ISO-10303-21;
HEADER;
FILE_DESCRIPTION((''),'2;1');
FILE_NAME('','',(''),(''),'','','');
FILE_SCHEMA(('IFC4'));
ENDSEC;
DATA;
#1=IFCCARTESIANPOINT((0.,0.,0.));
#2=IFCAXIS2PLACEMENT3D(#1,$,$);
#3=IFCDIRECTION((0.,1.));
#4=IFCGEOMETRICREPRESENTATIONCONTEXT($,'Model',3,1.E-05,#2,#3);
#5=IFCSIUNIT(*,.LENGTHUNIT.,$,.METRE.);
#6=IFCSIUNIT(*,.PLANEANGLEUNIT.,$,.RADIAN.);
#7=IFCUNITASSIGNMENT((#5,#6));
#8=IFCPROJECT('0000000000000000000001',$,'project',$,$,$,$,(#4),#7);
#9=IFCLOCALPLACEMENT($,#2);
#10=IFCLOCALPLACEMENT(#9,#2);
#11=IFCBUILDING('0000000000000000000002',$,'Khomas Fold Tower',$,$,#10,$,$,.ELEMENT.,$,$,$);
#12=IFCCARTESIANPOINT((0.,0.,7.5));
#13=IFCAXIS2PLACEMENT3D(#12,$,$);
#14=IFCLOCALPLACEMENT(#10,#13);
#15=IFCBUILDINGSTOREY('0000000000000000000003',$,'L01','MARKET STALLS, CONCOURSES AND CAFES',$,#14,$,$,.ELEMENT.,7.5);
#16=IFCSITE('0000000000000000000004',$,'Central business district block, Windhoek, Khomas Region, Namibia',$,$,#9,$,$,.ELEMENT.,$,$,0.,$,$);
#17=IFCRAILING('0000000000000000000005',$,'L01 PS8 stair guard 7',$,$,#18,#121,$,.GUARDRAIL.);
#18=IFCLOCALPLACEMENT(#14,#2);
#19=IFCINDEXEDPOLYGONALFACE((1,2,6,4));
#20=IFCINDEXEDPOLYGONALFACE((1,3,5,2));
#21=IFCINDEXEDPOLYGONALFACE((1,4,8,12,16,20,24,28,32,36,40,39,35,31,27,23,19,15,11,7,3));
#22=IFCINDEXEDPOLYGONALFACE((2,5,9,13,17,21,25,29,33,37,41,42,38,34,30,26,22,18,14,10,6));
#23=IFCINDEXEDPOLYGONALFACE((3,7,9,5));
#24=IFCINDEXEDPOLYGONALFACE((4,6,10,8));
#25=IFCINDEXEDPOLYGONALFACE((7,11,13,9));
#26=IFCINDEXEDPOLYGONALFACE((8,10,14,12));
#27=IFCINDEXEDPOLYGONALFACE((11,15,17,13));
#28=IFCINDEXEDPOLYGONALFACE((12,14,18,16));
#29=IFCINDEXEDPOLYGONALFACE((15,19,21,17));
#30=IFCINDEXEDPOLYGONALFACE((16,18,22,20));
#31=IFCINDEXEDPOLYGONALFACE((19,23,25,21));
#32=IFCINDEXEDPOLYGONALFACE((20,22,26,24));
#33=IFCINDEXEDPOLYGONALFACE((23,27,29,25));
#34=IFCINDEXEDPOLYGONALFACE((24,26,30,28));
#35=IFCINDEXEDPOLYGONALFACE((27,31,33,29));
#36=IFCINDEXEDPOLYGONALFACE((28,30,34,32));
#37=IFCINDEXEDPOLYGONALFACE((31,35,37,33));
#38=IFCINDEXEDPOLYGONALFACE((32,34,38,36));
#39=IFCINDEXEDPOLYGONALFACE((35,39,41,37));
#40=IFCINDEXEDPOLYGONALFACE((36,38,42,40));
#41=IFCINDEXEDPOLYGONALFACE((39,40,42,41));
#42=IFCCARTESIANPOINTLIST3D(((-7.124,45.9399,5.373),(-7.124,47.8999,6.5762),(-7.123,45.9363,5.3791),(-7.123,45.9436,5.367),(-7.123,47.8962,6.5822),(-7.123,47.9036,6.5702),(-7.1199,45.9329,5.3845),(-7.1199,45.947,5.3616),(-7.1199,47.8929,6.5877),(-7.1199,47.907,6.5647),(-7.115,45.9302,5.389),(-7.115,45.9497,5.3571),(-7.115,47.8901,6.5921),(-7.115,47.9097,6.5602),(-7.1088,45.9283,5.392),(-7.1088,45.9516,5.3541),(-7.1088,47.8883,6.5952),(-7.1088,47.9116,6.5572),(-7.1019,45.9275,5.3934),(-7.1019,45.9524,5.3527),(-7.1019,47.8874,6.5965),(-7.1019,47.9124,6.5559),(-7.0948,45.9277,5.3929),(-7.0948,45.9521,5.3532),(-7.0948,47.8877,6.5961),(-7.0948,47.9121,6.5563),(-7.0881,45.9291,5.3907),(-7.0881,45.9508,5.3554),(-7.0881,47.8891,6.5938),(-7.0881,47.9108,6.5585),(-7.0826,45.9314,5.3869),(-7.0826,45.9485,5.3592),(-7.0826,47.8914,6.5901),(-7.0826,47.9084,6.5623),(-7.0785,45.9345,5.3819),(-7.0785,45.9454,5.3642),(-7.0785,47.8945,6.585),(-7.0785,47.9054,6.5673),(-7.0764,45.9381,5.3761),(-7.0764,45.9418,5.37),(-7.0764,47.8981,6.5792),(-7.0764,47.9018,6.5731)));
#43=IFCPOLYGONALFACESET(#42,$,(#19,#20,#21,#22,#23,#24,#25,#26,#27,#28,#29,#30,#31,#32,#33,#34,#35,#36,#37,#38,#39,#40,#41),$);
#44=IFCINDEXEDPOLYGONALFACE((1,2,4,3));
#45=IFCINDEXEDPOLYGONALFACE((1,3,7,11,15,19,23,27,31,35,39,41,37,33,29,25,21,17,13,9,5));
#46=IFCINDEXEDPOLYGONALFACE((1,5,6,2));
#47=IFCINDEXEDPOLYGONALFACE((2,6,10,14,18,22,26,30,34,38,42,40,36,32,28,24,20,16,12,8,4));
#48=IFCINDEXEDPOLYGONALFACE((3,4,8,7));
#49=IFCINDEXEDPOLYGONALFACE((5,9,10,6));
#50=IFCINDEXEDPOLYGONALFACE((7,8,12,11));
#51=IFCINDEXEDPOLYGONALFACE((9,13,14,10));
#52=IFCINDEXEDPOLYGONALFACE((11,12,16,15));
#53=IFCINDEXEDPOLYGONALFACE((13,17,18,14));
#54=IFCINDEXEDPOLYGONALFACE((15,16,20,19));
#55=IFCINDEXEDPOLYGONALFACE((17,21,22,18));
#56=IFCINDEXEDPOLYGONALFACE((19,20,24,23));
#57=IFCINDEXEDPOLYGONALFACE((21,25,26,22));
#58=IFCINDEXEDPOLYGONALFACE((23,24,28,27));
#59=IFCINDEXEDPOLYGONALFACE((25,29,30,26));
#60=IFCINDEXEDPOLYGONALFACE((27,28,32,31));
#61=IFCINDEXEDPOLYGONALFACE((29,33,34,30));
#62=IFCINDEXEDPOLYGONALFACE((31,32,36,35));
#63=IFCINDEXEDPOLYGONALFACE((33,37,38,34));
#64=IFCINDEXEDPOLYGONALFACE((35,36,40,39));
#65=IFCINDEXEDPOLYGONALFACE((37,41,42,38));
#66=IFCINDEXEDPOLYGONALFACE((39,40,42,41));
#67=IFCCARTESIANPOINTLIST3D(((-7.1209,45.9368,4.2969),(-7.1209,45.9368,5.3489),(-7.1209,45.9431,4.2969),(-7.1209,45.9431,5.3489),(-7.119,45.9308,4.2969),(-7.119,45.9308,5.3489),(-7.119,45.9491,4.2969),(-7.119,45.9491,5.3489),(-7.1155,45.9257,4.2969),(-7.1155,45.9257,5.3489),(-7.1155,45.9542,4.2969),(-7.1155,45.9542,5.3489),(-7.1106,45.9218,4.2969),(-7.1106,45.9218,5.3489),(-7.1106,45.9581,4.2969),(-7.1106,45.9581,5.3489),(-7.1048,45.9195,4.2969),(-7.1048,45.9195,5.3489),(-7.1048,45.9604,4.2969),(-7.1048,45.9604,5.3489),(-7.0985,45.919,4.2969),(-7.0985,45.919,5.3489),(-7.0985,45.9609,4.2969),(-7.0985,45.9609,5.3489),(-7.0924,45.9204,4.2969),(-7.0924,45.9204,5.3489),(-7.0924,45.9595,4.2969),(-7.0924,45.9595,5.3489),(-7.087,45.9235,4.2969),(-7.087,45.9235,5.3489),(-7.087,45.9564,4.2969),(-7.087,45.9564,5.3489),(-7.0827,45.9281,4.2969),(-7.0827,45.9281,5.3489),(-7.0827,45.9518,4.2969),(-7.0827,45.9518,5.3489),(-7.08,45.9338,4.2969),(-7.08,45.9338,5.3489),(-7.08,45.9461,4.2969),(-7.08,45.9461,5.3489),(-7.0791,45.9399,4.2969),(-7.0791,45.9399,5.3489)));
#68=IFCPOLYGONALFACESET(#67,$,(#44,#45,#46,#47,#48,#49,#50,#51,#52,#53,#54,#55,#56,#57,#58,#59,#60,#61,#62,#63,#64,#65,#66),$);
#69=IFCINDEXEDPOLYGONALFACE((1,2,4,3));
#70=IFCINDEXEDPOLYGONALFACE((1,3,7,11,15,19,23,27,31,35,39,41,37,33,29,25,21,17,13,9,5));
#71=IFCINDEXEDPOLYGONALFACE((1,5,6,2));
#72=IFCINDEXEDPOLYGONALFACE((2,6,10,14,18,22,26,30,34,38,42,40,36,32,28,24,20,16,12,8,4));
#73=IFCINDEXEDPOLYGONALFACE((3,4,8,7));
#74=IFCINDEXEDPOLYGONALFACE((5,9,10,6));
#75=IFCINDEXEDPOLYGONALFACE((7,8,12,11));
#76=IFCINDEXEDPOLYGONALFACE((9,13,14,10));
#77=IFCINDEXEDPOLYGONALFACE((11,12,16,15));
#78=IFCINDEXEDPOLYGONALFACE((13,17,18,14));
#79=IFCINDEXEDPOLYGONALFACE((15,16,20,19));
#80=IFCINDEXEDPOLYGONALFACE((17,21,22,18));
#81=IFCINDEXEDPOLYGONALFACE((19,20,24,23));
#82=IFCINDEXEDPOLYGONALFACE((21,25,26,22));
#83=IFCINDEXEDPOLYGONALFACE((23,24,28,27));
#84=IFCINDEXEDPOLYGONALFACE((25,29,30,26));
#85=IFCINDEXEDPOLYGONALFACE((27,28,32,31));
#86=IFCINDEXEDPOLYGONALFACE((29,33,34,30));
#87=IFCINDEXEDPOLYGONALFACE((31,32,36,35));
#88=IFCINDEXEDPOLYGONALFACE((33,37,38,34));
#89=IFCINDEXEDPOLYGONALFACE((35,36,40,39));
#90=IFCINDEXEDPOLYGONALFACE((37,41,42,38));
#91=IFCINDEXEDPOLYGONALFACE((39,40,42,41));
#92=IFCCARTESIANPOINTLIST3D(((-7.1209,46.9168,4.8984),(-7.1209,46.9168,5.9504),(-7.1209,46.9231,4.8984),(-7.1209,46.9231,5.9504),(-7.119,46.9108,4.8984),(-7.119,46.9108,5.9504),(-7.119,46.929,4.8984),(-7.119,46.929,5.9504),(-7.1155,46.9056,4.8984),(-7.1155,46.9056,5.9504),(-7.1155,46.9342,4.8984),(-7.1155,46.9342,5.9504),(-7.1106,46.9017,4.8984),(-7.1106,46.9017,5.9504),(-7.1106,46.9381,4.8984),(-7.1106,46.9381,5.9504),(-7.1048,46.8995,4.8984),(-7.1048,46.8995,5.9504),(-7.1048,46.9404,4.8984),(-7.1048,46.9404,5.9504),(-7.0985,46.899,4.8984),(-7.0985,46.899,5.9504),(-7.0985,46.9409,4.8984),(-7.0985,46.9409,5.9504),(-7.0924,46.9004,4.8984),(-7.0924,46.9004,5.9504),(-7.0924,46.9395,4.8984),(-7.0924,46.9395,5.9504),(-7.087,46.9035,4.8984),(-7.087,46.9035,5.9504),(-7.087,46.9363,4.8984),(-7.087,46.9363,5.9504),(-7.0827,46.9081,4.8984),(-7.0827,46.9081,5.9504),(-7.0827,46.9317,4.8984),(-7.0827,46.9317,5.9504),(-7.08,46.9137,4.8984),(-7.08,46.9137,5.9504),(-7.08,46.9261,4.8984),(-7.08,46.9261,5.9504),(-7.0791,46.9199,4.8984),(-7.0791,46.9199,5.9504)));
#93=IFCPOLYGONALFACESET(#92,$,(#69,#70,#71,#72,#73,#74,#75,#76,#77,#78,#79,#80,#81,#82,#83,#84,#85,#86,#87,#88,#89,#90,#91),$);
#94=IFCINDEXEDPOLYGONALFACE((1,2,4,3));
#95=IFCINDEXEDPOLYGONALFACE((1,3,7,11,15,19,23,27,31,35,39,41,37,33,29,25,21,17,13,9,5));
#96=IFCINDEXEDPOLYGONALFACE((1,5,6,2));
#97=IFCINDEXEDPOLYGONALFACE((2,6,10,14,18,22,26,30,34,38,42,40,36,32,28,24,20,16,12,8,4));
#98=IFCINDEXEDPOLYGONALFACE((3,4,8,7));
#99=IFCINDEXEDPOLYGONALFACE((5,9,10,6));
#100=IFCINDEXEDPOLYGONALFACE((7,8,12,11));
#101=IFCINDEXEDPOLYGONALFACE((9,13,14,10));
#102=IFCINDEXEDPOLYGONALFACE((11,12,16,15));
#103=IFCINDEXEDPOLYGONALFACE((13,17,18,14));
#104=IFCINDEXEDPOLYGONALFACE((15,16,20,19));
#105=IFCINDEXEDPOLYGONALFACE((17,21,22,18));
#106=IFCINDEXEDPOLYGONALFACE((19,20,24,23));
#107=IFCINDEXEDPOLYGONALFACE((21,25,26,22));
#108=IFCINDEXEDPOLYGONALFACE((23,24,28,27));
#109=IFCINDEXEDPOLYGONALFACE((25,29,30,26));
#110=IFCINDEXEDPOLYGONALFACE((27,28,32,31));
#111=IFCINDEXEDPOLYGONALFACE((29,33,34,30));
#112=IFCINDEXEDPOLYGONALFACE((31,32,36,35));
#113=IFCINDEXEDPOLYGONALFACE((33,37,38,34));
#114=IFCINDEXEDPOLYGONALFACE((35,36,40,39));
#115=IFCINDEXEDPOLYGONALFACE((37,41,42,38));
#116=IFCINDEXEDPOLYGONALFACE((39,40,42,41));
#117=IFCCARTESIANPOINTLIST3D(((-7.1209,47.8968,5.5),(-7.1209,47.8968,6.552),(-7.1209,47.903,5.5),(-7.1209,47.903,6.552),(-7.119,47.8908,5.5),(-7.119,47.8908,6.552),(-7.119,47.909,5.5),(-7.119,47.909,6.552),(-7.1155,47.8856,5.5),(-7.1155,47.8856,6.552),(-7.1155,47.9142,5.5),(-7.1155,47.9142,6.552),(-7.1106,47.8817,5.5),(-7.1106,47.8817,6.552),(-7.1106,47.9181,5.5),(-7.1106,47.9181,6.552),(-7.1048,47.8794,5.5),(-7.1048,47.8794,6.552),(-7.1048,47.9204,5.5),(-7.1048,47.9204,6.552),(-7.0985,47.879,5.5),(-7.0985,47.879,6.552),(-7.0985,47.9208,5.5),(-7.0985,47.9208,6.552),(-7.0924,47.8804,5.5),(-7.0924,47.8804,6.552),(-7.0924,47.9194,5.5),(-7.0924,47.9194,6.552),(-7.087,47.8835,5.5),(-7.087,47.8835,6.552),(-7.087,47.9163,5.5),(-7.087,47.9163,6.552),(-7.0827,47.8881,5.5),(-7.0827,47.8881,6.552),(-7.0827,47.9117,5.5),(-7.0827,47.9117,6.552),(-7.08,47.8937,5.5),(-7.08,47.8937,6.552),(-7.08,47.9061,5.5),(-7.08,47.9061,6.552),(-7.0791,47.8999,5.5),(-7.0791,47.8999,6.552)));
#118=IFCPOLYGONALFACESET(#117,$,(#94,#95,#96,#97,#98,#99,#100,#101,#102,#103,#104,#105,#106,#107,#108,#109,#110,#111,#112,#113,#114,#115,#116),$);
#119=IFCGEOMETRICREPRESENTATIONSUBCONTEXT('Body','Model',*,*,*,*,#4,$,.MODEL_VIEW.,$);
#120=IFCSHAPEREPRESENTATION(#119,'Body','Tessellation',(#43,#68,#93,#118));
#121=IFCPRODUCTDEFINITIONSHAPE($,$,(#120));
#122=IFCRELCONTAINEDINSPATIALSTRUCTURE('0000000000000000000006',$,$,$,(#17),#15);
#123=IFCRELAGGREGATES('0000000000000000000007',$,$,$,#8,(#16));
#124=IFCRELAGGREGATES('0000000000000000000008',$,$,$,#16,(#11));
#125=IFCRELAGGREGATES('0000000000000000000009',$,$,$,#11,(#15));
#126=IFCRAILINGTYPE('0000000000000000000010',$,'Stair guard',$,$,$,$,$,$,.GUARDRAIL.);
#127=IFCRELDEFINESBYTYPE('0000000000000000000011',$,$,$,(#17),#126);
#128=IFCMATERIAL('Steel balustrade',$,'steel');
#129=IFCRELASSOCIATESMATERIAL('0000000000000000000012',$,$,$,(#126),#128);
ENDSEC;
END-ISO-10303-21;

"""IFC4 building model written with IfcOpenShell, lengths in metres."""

from ifc_helpers import new_model, si_unit, direction, frame, origin, origin_2d, place, context, subcontext, project, spatial, circle, extrude, source, transform, mapped, material, type_object, element, save


model = new_model("IFC4")

# Units and contexts
model_context = context("Model", 3, precision=1e-05, world=origin(), true_north=direction((0.0, 1.0)))
body_context = subcontext(model_context, "Body", "Model", "MODEL_VIEW")
ifc_project = project(units=[si_unit("LENGTHUNIT", "METRE"), si_unit("PLANEANGLEUNIT", "RADIAN")], contexts=[model_context])

# Site, building, storey
site_placement = place(None, origin())
site = spatial("IfcSite", under=ifc_project, at=site_placement, Name="Central business district block, Windhoek, Khomas Region, Namibia", CompositionType="ELEMENT", RefElevation=0.0)
building_placement = place(site_placement, origin())
building = spatial("IfcBuilding", under=site, at=building_placement, Name="Khomas Fold Tower", CompositionType="ELEMENT")
storey_placement = place(building_placement, frame((0.0, 0.0, 7.5)))
storey = spatial("IfcBuildingStorey", under=building, at=storey_placement, Name="L01", Description="MARKET STALLS, CONCOURSES AND CAFES", CompositionType="ELEMENT", Elevation=7.5)

# Railing
ifc_material_1 = material(Name="Steel balustrade", Category="steel")
railing_type_1 = type_object("IfcRailingType", Name="Stair guard", PredefinedType="GUARDRAIL", material=ifc_material_1)
shared_shape_1 = source(origin(), body_context, "Body", "SweptSolid", [
    extrude(circle(Radius=0.0239, at=origin_2d()), frame((0.0, 0.0, 1.0762), z_axis=(0.0, 0.852241, 0.523149), x_axis=(-1.0, 0.0, 0.0)), (0.0, 0.0, 1.0), 2.2998),
    extrude(circle(Radius=0.021, at=origin_2d()), origin(), (0.0, 0.0, 1.0), 1.052),
    extrude(circle(Radius=0.021, at=origin_2d()), frame((0.0, 0.98, 0.6016)), (0.0, 0.0, 1.0), 1.052),
    extrude(circle(Radius=0.021, at=origin_2d()), frame((0.0, 1.96, 1.2031)), (0.0, 0.0, 1.0), 1.052),
])
for number, where, name in (
    (1, (-7.1001, 45.9399, 4.2969), "L01 PS8 stair guard 7"),
):
    element("IfcRailing", number, at=place(storey_placement, frame(where)), inside=storey, type_object=railing_type_1, Name=name, PredefinedType="GUARDRAIL", context=body_context, shape_type="MappedRepresentation", body=[
        mapped(shared_shape_1, transform((0.0, 0.0, 0.0))),
    ])

save(model, "model.ifc")
